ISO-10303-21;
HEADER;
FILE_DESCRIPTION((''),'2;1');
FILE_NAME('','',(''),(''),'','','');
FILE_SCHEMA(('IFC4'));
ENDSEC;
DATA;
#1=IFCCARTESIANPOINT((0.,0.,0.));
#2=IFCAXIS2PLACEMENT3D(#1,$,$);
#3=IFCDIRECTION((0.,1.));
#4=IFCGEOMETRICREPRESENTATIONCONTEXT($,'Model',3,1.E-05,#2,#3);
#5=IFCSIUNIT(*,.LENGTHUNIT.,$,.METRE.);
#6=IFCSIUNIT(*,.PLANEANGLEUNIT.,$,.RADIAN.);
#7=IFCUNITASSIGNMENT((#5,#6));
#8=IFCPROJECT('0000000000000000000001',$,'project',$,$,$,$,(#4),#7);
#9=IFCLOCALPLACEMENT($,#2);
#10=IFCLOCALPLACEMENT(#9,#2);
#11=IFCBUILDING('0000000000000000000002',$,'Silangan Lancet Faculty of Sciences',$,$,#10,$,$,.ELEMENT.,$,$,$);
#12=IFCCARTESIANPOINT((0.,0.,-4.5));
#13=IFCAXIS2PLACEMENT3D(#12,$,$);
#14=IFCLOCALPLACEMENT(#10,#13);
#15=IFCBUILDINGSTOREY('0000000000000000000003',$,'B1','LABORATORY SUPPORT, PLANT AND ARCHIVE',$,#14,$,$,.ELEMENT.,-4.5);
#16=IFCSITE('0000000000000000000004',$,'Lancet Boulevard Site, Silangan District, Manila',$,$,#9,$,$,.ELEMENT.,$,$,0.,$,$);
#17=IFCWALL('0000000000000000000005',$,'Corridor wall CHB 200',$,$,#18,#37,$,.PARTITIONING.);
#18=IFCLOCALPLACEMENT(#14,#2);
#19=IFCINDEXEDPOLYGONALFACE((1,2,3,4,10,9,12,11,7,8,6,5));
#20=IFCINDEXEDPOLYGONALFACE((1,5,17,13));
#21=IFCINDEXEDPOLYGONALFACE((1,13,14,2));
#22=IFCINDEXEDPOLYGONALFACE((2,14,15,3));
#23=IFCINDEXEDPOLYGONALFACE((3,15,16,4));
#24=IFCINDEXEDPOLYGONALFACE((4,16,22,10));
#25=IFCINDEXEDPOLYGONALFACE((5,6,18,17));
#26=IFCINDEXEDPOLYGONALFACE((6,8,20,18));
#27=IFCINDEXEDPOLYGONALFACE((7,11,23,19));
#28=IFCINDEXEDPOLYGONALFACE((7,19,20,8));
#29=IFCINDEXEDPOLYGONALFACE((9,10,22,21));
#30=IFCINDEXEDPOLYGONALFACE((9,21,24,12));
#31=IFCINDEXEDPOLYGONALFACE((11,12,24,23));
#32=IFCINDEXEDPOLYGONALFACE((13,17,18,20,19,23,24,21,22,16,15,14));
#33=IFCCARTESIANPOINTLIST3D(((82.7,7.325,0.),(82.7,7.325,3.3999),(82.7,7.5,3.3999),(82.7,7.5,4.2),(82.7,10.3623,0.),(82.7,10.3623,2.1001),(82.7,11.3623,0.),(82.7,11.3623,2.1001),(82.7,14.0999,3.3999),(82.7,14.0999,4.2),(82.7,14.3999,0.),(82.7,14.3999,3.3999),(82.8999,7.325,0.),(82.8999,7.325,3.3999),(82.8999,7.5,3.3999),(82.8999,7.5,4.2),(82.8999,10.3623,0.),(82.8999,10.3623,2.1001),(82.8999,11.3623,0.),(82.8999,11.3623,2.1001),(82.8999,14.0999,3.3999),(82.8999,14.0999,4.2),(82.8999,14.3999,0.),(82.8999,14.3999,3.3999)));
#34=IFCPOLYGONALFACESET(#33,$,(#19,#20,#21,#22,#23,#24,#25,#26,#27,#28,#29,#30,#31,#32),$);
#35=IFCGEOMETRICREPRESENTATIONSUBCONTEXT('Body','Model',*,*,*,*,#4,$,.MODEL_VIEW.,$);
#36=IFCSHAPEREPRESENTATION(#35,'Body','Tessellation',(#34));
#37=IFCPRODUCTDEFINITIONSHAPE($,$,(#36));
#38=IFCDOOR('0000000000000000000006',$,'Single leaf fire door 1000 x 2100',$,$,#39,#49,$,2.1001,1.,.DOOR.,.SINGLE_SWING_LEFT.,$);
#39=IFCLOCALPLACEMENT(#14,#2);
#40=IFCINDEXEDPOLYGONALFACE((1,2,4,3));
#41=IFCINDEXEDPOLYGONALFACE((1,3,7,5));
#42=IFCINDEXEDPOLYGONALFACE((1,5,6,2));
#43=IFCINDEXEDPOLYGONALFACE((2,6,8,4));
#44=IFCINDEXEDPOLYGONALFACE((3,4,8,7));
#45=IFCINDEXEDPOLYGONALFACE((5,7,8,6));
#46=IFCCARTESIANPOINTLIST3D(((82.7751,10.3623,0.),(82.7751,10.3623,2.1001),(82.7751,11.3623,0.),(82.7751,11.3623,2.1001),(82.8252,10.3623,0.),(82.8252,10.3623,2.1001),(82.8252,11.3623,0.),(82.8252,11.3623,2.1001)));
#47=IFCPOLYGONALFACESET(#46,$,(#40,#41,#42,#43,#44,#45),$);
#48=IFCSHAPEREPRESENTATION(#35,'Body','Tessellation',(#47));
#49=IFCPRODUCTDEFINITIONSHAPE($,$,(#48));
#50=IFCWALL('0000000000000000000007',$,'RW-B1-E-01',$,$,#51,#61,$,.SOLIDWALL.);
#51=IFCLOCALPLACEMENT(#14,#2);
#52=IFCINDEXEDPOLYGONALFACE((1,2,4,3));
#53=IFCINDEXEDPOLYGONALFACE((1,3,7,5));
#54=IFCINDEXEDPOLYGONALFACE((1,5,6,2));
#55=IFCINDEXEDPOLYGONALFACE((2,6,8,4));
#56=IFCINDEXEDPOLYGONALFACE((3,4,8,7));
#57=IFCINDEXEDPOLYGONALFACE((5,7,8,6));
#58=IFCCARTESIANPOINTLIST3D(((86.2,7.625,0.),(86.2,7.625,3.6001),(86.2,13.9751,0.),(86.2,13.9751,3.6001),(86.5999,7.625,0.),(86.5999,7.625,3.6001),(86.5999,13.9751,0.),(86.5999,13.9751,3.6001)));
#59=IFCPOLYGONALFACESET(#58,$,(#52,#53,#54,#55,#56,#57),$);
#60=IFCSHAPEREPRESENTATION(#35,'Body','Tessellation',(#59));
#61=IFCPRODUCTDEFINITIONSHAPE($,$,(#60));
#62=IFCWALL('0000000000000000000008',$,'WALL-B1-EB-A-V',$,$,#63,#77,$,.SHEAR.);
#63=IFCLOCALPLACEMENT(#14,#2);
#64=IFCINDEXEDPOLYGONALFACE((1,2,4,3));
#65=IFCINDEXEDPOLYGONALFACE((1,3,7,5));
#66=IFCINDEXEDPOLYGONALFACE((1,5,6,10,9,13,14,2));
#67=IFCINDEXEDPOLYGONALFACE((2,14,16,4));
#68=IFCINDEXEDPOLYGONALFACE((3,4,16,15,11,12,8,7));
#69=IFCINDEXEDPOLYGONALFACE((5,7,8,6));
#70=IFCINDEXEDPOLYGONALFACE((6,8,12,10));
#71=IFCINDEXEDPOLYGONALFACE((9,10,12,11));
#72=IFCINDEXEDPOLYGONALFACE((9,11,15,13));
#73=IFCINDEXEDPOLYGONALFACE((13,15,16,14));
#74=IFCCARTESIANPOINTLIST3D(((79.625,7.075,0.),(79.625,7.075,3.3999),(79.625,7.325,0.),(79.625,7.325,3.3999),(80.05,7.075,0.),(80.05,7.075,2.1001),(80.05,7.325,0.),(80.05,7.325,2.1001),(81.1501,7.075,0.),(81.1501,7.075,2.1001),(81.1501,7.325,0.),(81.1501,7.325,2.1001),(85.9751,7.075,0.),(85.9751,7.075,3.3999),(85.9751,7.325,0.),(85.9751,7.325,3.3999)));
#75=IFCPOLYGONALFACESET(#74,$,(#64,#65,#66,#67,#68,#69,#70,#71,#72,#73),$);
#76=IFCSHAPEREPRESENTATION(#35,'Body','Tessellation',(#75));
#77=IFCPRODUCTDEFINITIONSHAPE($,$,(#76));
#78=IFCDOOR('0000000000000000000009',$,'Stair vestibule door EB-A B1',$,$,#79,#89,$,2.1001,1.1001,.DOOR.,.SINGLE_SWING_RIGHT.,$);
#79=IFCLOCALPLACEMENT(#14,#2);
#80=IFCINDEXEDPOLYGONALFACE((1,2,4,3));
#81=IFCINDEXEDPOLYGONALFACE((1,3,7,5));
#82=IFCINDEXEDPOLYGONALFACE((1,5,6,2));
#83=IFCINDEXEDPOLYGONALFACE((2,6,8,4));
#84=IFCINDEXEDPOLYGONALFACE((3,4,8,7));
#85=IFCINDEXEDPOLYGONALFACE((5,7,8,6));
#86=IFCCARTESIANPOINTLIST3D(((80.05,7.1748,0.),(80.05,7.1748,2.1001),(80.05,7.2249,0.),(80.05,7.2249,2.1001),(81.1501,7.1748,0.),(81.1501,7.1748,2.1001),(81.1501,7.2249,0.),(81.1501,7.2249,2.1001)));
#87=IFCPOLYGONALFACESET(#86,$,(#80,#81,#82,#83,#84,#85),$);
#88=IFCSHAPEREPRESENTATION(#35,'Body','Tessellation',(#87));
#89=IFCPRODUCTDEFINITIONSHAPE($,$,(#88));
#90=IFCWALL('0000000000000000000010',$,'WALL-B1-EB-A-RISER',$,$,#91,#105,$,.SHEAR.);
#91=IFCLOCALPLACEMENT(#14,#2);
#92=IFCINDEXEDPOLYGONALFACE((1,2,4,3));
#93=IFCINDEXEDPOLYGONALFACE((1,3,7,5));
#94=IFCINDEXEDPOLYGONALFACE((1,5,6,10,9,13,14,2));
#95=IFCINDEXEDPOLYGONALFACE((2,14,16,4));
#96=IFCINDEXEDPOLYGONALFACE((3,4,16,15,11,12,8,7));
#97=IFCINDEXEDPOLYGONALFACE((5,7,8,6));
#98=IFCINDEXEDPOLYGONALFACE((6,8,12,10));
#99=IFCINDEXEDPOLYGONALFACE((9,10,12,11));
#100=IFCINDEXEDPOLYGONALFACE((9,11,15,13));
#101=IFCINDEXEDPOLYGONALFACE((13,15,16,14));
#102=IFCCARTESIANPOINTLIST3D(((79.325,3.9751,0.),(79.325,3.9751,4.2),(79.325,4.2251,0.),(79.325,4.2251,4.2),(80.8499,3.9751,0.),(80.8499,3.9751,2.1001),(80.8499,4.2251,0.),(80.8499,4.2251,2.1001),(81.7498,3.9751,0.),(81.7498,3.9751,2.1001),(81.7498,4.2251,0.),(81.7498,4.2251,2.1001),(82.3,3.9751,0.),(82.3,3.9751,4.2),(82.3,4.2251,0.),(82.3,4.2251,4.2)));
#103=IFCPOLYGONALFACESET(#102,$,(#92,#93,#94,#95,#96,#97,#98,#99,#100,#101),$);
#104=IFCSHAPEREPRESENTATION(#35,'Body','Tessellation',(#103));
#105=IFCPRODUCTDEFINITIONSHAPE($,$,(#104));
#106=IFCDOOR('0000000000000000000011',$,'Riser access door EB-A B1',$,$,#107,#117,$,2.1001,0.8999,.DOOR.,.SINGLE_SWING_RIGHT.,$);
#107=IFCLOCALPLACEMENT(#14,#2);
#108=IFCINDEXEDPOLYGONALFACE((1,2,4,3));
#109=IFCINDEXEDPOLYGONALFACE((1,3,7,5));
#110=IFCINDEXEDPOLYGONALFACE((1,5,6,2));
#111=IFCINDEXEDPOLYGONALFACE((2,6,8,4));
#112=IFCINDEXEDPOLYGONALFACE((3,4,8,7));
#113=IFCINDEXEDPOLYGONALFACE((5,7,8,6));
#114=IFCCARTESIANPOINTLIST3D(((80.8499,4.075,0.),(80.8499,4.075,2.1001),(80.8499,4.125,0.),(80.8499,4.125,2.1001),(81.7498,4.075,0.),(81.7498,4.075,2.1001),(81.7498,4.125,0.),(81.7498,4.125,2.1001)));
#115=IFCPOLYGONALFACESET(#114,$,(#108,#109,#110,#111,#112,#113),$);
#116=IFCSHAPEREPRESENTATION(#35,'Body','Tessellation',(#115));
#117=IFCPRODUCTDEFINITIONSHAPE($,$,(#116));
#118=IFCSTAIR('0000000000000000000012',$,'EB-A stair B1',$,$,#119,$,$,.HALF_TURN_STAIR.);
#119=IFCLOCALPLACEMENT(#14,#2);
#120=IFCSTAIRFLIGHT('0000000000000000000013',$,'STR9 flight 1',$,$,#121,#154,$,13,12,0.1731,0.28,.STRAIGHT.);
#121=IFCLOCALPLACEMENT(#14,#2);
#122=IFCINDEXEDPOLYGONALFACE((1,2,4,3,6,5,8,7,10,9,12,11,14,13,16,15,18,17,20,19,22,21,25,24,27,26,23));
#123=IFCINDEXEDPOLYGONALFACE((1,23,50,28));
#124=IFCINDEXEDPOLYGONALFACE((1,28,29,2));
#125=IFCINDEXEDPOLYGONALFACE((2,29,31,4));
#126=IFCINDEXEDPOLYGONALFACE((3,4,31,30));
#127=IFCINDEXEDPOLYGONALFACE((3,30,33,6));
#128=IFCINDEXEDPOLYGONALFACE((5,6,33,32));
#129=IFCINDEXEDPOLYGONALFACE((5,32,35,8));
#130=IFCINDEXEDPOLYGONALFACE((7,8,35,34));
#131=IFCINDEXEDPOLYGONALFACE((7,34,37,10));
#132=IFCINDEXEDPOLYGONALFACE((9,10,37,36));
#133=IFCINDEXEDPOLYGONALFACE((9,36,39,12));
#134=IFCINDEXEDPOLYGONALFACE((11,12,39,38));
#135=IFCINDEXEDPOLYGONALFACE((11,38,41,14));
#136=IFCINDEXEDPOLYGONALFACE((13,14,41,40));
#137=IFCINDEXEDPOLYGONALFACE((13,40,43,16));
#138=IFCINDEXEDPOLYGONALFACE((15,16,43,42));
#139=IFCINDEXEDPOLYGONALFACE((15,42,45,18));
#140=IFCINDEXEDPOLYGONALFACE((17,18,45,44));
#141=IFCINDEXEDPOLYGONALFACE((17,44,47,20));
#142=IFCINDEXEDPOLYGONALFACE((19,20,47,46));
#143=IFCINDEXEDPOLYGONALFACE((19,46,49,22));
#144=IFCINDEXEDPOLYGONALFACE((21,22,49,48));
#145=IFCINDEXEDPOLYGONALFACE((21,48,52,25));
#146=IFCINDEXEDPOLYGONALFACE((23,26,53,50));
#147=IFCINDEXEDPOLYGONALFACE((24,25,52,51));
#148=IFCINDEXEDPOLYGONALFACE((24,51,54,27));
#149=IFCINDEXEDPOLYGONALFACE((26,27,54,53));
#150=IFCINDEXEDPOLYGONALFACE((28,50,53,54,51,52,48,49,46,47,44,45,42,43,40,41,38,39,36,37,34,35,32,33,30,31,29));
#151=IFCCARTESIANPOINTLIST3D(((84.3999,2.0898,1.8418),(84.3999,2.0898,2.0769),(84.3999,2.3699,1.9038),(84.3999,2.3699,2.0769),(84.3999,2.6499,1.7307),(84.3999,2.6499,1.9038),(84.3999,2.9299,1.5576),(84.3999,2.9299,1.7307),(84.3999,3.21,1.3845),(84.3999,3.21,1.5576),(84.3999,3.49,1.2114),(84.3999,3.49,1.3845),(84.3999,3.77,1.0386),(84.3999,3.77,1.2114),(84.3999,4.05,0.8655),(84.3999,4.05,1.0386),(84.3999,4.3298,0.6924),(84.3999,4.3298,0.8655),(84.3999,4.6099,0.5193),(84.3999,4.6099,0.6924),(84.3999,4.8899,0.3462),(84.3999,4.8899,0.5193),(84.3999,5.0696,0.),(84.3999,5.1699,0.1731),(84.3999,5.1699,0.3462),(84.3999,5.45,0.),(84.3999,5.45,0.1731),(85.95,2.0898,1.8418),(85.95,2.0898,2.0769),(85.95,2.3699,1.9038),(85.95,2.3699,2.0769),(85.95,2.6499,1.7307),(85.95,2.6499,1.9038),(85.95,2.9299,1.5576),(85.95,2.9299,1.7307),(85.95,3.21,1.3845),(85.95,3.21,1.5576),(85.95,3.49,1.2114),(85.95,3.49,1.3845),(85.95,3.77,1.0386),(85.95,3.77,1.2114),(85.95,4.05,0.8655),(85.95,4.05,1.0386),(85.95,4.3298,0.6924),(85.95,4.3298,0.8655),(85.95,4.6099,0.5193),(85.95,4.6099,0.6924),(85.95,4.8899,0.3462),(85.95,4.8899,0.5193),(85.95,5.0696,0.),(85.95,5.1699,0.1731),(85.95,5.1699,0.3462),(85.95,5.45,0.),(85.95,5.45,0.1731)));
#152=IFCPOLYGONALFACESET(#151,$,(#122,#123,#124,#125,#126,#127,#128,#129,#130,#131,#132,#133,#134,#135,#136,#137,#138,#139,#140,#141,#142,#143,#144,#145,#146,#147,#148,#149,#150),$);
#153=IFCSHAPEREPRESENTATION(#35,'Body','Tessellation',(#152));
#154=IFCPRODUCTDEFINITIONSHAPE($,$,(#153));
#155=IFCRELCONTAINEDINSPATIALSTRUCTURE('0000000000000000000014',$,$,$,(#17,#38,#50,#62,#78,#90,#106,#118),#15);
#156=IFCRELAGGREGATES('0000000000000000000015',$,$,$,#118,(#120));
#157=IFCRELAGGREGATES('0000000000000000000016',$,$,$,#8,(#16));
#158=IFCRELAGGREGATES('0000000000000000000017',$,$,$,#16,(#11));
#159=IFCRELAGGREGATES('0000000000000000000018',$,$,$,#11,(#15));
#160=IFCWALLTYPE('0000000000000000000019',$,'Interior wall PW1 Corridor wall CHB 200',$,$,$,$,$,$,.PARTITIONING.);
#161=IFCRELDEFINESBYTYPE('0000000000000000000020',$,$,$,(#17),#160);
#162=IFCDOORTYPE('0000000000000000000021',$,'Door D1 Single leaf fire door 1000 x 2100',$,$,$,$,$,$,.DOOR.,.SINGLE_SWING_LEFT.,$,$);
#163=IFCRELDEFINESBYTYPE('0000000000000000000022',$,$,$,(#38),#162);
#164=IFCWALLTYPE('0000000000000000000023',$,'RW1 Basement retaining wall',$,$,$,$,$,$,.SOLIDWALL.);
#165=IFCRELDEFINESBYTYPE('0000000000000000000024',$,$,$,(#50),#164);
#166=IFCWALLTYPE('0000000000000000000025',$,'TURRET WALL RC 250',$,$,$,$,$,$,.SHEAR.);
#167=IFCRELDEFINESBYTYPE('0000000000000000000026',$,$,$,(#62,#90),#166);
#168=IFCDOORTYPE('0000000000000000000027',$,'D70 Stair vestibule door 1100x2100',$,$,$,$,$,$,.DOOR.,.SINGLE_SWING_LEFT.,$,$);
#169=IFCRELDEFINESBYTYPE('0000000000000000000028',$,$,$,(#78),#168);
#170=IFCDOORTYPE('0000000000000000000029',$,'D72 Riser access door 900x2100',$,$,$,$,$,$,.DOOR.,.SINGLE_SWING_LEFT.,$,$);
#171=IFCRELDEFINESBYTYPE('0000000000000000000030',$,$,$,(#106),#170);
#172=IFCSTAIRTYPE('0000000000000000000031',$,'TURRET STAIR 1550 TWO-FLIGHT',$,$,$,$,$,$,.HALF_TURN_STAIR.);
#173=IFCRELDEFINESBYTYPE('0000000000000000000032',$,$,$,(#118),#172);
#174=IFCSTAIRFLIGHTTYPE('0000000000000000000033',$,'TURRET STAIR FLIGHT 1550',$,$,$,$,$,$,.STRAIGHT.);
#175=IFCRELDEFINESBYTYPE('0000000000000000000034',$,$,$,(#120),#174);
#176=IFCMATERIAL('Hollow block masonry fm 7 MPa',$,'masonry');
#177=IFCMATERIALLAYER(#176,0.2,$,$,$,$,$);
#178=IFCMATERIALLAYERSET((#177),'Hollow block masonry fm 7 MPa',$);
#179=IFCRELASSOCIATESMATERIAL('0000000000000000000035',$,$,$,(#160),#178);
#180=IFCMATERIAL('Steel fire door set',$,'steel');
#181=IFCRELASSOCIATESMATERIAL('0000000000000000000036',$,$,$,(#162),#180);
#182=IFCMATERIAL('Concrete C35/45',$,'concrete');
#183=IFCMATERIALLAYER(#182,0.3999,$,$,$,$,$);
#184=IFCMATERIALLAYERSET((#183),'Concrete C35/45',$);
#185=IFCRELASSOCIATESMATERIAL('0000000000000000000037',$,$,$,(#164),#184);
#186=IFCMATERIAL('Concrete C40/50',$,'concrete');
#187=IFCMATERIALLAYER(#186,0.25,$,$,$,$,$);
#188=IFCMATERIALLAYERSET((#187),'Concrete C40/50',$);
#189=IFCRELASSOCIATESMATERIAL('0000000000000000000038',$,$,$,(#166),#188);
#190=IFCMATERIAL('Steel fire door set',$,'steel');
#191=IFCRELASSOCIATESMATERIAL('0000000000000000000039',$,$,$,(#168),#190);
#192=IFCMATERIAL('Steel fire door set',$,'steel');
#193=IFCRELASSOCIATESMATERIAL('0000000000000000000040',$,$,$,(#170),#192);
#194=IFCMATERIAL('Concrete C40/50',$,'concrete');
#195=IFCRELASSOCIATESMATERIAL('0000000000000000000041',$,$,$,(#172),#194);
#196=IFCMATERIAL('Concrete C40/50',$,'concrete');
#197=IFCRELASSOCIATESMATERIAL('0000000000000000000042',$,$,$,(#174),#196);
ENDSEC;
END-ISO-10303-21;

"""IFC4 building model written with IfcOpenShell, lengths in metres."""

from ifc_helpers import new_model, si_unit, direction, frame, frame_2d, origin, place, context, subcontext, project, spatial, polyline, rectangle, outline, extrude, material, layer, layer_set, type_object, element, fill, aggregate, save


model = new_model("IFC4")

# Units and contexts
model_context = context("Model", 3, precision=1e-05, world=origin(), true_north=direction((0.0, 1.0)))
body_context = subcontext(model_context, "Body", "Model", "MODEL_VIEW")
ifc_project = project(units=[si_unit("LENGTHUNIT", "METRE"), si_unit("PLANEANGLEUNIT", "RADIAN")], contexts=[model_context])

# Site, building, storey
site_placement = place(None, origin())
site = spatial("IfcSite", under=ifc_project, at=site_placement, Name="Lancet Boulevard Site, Silangan District, Manila", CompositionType="ELEMENT", RefElevation=0.0)
building_placement = place(site_placement, origin())
building = spatial("IfcBuilding", under=site, at=building_placement, Name="Silangan Lancet Faculty of Sciences", CompositionType="ELEMENT")
storey_placement = place(building_placement, frame((0.0, 0.0, -4.5)))
storey = spatial("IfcBuildingStorey", under=building, at=storey_placement, Name="B1", Description="LABORATORY SUPPORT, PLANT AND ARCHIVE", CompositionType="ELEMENT", Elevation=-4.5)

# Shared definitions
ifc_material_1 = material(Name="Hollow block masonry fm 7 MPa", Category="masonry")
ifc_layer_1 = layer(ifc_material_1, 0.2)
ifc_layer_set_1 = layer_set([ifc_layer_1], Name="Hollow block masonry fm 7 MPa")
wall_type_1 = type_object("IfcWallType", Name="Interior wall PW1 Corridor wall CHB 200", PredefinedType="PARTITIONING", material=ifc_layer_set_1)

# Wall, opening, door
wall_1_placement = place(storey_placement, frame((82.8, 7.325, 0.0), z_axis=(0.0, 0.0, 1.0), x_axis=(0.0, 1.0, 0.0)))
wall_1 = element("IfcWall", 1, at=wall_1_placement, inside=storey, type_object=wall_type_1, Name="Corridor wall CHB 200", PredefinedType="PARTITIONING", context=body_context, shape_type="SweptSolid", body=[
    extrude(outline(polyline([(0.0, 0.0), (7.075, 0.0), (7.075, 3.3999), (6.7749, 3.3999), (6.7749, 4.2), (0.175, 4.2), (0.175, 3.3999), (0.0, 3.3999), (0.0, 0.0)])), frame((0.0, 0.1001, 0.0), z_axis=(0.0, -1.0, 0.0), x_axis=(1.0, 0.0, 0.0)), (0.0, 0.0, 1.0), 0.2),
])
opening_1_placement = place(wall_1_placement, frame((3.0374, 0.0, 0.0)))
opening_1 = element("IfcOpeningElement", 2, at=opening_1_placement, cuts=wall_1, PredefinedType="OPENING", context=body_context, shape_type="SweptSolid", body=[
    extrude(rectangle(XDim=1.0, YDim=2.1001, at=frame_2d((0.5, 1.05))), frame((0.0, 0.1099, 0.0), z_axis=(0.0, -1.0, 0.0), x_axis=(1.0, 0.0, 0.0)), (0.0, 0.0, 1.0), 0.22),
])
ifc_material_2 = material(Name="Steel fire door set", Category="steel")
door_type_1 = type_object("IfcDoorType", Name="Door D1 Single leaf fire door 1000 x 2100", OperationType="SINGLE_SWING_LEFT", PredefinedType="DOOR", material=ifc_material_2)
door_1_placement = place(opening_1_placement, frame((1.0, 0.0, 0.0), z_axis=(0.0, 0.0, 1.0), x_axis=(-1.0, 0.0, 0.0)))
door_1 = element("IfcDoor", 3, at=door_1_placement, inside=storey, type_object=door_type_1, Name="Single leaf fire door 1000 x 2100", OperationType="SINGLE_SWING_LEFT", OverallHeight=2.1001, OverallWidth=1.0, PredefinedType="DOOR", context=body_context, shape_type="SweptSolid", body=[
    extrude(rectangle(XDim=1.0, YDim=2.1001, at=frame_2d((0.5, 1.05))), frame((0.0, 0.0251, 0.0), z_axis=(0.0, -1.0, 0.0), x_axis=(1.0, 0.0, 0.0)), (0.0, 0.0, 1.0), 0.05),
])
fill(opening_1, door_1)

# Wall
ifc_material_3 = material(Name="Concrete C35/45", Category="concrete")
ifc_layer_2 = layer(ifc_material_3, 0.3999)
ifc_layer_set_2 = layer_set([ifc_layer_2], Name="Concrete C35/45")
wall_type_2 = type_object("IfcWallType", Name="RW1 Basement retaining wall", PredefinedType="SOLIDWALL", material=ifc_layer_set_2)
wall_2_placement = place(storey_placement, frame((86.3999, 7.625, 0.0), z_axis=(0.0, 0.0, 1.0), x_axis=(0.0, 1.0, 0.0)))
element("IfcWall", 4, at=wall_2_placement, inside=storey, type_object=wall_type_2, Name="RW-B1-E-01", PredefinedType="SOLIDWALL", context=body_context, shape_type="SweptSolid", body=[
    extrude(rectangle(XDim=6.3501, YDim=0.3999, at=frame_2d((3.175, 0.0))), origin(), (0.0, 0.0, 1.0), 3.6001),
])

# Walls, openings, doors
ifc_material_4 = material(Name="Concrete C40/50", Category="concrete")
ifc_layer_3 = layer(ifc_material_4, 0.25)
ifc_layer_set_3 = layer_set([ifc_layer_3], Name="Concrete C40/50")
wall_type_3 = type_object("IfcWallType", Name="TURRET WALL RC 250", PredefinedType="SHEAR", material=ifc_layer_set_3)
wall_3_placement = place(storey_placement, frame((79.625, 7.2, 0.0), z_axis=(0.0, 0.0, 1.0), x_axis=(1.0, 0.0, 0.0)))
wall_3 = element("IfcWall", 5, at=wall_3_placement, inside=storey, type_object=wall_type_3, Name="WALL-B1-EB-A-V", PredefinedType="SHEAR", context=body_context, shape_type="SweptSolid", body=[
    extrude(rectangle(XDim=6.3501, YDim=0.25, at=frame_2d((3.175, 0.0))), origin(), (0.0, 0.0, 1.0), 3.3999),
])
opening_2_placement = place(wall_3_placement, frame((0.425, 0.0, 0.0)))
opening_2 = element("IfcOpeningElement", 6, at=opening_2_placement, cuts=wall_3, PredefinedType="OPENING", context=body_context, shape_type="SweptSolid", body=[
    extrude(rectangle(XDim=1.1001, YDim=2.1001, at=frame_2d((0.55, 1.05))), frame((0.0, 0.135, 0.0), z_axis=(0.0, -1.0, 0.0), x_axis=(1.0, 0.0, 0.0)), (0.0, 0.0, 1.0), 0.27),
])
ifc_material_5 = material(Name="Steel fire door set", Category="steel")
door_type_2 = type_object("IfcDoorType", Name="D70 Stair vestibule door 1100x2100", OperationType="SINGLE_SWING_LEFT", PredefinedType="DOOR", material=ifc_material_5)
door_2_placement = place(opening_2_placement, frame((1.1001, 0.0, 0.0), z_axis=(0.0, 0.0, 1.0), x_axis=(-1.0, 0.0, 0.0)))
door_2 = element("IfcDoor", 7, at=door_2_placement, inside=storey, type_object=door_type_2, Name="Stair vestibule door EB-A B1", OperationType="SINGLE_SWING_RIGHT", OverallHeight=2.1001, OverallWidth=1.1001, PredefinedType="DOOR", context=body_context, shape_type="SweptSolid", body=[
    extrude(rectangle(XDim=1.1001, YDim=2.1001, at=frame_2d((0.55, 1.05))), frame((0.0, 0.0251, 0.0), z_axis=(0.0, -1.0, 0.0), x_axis=(1.0, 0.0, 0.0)), (0.0, 0.0, 1.0), 0.05),
])
fill(opening_2, door_2)
wall_4_placement = place(storey_placement, frame((79.325, 4.1001, 0.0), z_axis=(0.0, 0.0, 1.0), x_axis=(1.0, 0.0, 0.0)))
wall_4 = element("IfcWall", 8, at=wall_4_placement, inside=storey, type_object=wall_type_3, Name="WALL-B1-EB-A-RISER", PredefinedType="SHEAR", context=body_context, shape_type="SweptSolid", body=[
    extrude(rectangle(XDim=2.9751, YDim=0.25, at=frame_2d((1.4875, 0.0))), origin(), (0.0, 0.0, 1.0), 4.2),
])
opening_3_placement = place(wall_4_placement, frame((1.5249, 0.0, 0.0)))
opening_3 = element("IfcOpeningElement", 9, at=opening_3_placement, cuts=wall_4, PredefinedType="OPENING", context=body_context, shape_type="SweptSolid", body=[
    extrude(rectangle(XDim=0.8999, YDim=2.1001, at=frame_2d((0.45, 1.05))), frame((0.0, 0.135, 0.0), z_axis=(0.0, -1.0, 0.0), x_axis=(1.0, 0.0, 0.0)), (0.0, 0.0, 1.0), 0.27),
])
ifc_material_6 = material(Name="Steel fire door set", Category="steel")
door_type_3 = type_object("IfcDoorType", Name="D72 Riser access door 900x2100", OperationType="SINGLE_SWING_LEFT", PredefinedType="DOOR", material=ifc_material_6)
door_3_placement = place(opening_3_placement, frame((0.8999, 0.0, 0.0), z_axis=(0.0, 0.0, 1.0), x_axis=(-1.0, 0.0, 0.0)))
door_3 = element("IfcDoor", 10, at=door_3_placement, inside=storey, type_object=door_type_3, Name="Riser access door EB-A B1", OperationType="SINGLE_SWING_RIGHT", OverallHeight=2.1001, OverallWidth=0.8999, PredefinedType="DOOR", context=body_context, shape_type="SweptSolid", body=[
    extrude(rectangle(XDim=0.8999, YDim=2.1001, at=frame_2d((0.45, 1.05))), frame((0.0, 0.0251, 0.0), z_axis=(0.0, -1.0, 0.0), x_axis=(1.0, 0.0, 0.0)), (0.0, 0.0, 1.0), 0.05),
])
fill(opening_3, door_3)

# Stair, stair flight
ifc_material_7 = material(Name="Concrete C40/50", Category="concrete")
stair_type = type_object("IfcStairType", Name="TURRET STAIR 1550 TWO-FLIGHT", PredefinedType="HALF_TURN_STAIR", material=ifc_material_7)
stair_placement = place(storey_placement, origin())
stair = element("IfcStair", 11, at=stair_placement, inside=storey, type_object=stair_type, Name="EB-A stair B1", PredefinedType="HALF_TURN_STAIR")
ifc_material_8 = material(Name="Concrete C40/50", Category="concrete")
stair_flight_type = type_object("IfcStairFlightType", Name="TURRET STAIR FLIGHT 1550", PredefinedType="STRAIGHT", material=ifc_material_8)
stair_flight_placement = place(storey_placement, frame((85.175, 5.45, 0.0), z_axis=(0.0, 0.0, 1.0), x_axis=(0.0, -1.0, 0.0)))
stair_flight = element("IfcStairFlight", 12, at=stair_flight_placement, type_object=stair_flight_type, Name="STR9 flight 1", NumberOfRisers=13, NumberOfTreads=12, PredefinedType="STRAIGHT", RiserHeight=0.1731, TreadLength=0.28, context=body_context, shape_type="SweptSolid", body=[
    extrude(outline(polyline([(0.0, 0.0), (0.0, 0.1731), (0.28, 0.1731), (0.28, 0.3462), (0.5601, 0.3462), (0.5601, 0.5193), (0.8401, 0.5193), (0.8401, 0.6924), (1.1201, 0.6924), (1.1201, 0.8655), (1.3999, 0.8655), (1.3999, 1.0386), (1.6799, 1.0386), (1.6799, 1.2114), (1.96, 1.2114), (1.96, 1.3845), (2.24, 1.3845), (2.24, 1.5576), (2.52, 1.5576), (2.52, 1.7307), (2.8, 1.7307), (2.8, 1.9038), (3.0801, 1.9038), (3.0801, 2.0769), (3.3601, 2.0769), (3.3601, 2.25), (3.3601, 1.8418), (0.3804, 0.0), (0.0, 0.0)])), frame((0.0, 0.7749, 0.0), z_axis=(0.0, -1.0, 0.0), x_axis=(1.0, 0.0, 0.0)), (0.0, 0.0, 1.0), 1.55),
])
aggregate(stair, [stair_flight])

save(model, "model.ifc")
